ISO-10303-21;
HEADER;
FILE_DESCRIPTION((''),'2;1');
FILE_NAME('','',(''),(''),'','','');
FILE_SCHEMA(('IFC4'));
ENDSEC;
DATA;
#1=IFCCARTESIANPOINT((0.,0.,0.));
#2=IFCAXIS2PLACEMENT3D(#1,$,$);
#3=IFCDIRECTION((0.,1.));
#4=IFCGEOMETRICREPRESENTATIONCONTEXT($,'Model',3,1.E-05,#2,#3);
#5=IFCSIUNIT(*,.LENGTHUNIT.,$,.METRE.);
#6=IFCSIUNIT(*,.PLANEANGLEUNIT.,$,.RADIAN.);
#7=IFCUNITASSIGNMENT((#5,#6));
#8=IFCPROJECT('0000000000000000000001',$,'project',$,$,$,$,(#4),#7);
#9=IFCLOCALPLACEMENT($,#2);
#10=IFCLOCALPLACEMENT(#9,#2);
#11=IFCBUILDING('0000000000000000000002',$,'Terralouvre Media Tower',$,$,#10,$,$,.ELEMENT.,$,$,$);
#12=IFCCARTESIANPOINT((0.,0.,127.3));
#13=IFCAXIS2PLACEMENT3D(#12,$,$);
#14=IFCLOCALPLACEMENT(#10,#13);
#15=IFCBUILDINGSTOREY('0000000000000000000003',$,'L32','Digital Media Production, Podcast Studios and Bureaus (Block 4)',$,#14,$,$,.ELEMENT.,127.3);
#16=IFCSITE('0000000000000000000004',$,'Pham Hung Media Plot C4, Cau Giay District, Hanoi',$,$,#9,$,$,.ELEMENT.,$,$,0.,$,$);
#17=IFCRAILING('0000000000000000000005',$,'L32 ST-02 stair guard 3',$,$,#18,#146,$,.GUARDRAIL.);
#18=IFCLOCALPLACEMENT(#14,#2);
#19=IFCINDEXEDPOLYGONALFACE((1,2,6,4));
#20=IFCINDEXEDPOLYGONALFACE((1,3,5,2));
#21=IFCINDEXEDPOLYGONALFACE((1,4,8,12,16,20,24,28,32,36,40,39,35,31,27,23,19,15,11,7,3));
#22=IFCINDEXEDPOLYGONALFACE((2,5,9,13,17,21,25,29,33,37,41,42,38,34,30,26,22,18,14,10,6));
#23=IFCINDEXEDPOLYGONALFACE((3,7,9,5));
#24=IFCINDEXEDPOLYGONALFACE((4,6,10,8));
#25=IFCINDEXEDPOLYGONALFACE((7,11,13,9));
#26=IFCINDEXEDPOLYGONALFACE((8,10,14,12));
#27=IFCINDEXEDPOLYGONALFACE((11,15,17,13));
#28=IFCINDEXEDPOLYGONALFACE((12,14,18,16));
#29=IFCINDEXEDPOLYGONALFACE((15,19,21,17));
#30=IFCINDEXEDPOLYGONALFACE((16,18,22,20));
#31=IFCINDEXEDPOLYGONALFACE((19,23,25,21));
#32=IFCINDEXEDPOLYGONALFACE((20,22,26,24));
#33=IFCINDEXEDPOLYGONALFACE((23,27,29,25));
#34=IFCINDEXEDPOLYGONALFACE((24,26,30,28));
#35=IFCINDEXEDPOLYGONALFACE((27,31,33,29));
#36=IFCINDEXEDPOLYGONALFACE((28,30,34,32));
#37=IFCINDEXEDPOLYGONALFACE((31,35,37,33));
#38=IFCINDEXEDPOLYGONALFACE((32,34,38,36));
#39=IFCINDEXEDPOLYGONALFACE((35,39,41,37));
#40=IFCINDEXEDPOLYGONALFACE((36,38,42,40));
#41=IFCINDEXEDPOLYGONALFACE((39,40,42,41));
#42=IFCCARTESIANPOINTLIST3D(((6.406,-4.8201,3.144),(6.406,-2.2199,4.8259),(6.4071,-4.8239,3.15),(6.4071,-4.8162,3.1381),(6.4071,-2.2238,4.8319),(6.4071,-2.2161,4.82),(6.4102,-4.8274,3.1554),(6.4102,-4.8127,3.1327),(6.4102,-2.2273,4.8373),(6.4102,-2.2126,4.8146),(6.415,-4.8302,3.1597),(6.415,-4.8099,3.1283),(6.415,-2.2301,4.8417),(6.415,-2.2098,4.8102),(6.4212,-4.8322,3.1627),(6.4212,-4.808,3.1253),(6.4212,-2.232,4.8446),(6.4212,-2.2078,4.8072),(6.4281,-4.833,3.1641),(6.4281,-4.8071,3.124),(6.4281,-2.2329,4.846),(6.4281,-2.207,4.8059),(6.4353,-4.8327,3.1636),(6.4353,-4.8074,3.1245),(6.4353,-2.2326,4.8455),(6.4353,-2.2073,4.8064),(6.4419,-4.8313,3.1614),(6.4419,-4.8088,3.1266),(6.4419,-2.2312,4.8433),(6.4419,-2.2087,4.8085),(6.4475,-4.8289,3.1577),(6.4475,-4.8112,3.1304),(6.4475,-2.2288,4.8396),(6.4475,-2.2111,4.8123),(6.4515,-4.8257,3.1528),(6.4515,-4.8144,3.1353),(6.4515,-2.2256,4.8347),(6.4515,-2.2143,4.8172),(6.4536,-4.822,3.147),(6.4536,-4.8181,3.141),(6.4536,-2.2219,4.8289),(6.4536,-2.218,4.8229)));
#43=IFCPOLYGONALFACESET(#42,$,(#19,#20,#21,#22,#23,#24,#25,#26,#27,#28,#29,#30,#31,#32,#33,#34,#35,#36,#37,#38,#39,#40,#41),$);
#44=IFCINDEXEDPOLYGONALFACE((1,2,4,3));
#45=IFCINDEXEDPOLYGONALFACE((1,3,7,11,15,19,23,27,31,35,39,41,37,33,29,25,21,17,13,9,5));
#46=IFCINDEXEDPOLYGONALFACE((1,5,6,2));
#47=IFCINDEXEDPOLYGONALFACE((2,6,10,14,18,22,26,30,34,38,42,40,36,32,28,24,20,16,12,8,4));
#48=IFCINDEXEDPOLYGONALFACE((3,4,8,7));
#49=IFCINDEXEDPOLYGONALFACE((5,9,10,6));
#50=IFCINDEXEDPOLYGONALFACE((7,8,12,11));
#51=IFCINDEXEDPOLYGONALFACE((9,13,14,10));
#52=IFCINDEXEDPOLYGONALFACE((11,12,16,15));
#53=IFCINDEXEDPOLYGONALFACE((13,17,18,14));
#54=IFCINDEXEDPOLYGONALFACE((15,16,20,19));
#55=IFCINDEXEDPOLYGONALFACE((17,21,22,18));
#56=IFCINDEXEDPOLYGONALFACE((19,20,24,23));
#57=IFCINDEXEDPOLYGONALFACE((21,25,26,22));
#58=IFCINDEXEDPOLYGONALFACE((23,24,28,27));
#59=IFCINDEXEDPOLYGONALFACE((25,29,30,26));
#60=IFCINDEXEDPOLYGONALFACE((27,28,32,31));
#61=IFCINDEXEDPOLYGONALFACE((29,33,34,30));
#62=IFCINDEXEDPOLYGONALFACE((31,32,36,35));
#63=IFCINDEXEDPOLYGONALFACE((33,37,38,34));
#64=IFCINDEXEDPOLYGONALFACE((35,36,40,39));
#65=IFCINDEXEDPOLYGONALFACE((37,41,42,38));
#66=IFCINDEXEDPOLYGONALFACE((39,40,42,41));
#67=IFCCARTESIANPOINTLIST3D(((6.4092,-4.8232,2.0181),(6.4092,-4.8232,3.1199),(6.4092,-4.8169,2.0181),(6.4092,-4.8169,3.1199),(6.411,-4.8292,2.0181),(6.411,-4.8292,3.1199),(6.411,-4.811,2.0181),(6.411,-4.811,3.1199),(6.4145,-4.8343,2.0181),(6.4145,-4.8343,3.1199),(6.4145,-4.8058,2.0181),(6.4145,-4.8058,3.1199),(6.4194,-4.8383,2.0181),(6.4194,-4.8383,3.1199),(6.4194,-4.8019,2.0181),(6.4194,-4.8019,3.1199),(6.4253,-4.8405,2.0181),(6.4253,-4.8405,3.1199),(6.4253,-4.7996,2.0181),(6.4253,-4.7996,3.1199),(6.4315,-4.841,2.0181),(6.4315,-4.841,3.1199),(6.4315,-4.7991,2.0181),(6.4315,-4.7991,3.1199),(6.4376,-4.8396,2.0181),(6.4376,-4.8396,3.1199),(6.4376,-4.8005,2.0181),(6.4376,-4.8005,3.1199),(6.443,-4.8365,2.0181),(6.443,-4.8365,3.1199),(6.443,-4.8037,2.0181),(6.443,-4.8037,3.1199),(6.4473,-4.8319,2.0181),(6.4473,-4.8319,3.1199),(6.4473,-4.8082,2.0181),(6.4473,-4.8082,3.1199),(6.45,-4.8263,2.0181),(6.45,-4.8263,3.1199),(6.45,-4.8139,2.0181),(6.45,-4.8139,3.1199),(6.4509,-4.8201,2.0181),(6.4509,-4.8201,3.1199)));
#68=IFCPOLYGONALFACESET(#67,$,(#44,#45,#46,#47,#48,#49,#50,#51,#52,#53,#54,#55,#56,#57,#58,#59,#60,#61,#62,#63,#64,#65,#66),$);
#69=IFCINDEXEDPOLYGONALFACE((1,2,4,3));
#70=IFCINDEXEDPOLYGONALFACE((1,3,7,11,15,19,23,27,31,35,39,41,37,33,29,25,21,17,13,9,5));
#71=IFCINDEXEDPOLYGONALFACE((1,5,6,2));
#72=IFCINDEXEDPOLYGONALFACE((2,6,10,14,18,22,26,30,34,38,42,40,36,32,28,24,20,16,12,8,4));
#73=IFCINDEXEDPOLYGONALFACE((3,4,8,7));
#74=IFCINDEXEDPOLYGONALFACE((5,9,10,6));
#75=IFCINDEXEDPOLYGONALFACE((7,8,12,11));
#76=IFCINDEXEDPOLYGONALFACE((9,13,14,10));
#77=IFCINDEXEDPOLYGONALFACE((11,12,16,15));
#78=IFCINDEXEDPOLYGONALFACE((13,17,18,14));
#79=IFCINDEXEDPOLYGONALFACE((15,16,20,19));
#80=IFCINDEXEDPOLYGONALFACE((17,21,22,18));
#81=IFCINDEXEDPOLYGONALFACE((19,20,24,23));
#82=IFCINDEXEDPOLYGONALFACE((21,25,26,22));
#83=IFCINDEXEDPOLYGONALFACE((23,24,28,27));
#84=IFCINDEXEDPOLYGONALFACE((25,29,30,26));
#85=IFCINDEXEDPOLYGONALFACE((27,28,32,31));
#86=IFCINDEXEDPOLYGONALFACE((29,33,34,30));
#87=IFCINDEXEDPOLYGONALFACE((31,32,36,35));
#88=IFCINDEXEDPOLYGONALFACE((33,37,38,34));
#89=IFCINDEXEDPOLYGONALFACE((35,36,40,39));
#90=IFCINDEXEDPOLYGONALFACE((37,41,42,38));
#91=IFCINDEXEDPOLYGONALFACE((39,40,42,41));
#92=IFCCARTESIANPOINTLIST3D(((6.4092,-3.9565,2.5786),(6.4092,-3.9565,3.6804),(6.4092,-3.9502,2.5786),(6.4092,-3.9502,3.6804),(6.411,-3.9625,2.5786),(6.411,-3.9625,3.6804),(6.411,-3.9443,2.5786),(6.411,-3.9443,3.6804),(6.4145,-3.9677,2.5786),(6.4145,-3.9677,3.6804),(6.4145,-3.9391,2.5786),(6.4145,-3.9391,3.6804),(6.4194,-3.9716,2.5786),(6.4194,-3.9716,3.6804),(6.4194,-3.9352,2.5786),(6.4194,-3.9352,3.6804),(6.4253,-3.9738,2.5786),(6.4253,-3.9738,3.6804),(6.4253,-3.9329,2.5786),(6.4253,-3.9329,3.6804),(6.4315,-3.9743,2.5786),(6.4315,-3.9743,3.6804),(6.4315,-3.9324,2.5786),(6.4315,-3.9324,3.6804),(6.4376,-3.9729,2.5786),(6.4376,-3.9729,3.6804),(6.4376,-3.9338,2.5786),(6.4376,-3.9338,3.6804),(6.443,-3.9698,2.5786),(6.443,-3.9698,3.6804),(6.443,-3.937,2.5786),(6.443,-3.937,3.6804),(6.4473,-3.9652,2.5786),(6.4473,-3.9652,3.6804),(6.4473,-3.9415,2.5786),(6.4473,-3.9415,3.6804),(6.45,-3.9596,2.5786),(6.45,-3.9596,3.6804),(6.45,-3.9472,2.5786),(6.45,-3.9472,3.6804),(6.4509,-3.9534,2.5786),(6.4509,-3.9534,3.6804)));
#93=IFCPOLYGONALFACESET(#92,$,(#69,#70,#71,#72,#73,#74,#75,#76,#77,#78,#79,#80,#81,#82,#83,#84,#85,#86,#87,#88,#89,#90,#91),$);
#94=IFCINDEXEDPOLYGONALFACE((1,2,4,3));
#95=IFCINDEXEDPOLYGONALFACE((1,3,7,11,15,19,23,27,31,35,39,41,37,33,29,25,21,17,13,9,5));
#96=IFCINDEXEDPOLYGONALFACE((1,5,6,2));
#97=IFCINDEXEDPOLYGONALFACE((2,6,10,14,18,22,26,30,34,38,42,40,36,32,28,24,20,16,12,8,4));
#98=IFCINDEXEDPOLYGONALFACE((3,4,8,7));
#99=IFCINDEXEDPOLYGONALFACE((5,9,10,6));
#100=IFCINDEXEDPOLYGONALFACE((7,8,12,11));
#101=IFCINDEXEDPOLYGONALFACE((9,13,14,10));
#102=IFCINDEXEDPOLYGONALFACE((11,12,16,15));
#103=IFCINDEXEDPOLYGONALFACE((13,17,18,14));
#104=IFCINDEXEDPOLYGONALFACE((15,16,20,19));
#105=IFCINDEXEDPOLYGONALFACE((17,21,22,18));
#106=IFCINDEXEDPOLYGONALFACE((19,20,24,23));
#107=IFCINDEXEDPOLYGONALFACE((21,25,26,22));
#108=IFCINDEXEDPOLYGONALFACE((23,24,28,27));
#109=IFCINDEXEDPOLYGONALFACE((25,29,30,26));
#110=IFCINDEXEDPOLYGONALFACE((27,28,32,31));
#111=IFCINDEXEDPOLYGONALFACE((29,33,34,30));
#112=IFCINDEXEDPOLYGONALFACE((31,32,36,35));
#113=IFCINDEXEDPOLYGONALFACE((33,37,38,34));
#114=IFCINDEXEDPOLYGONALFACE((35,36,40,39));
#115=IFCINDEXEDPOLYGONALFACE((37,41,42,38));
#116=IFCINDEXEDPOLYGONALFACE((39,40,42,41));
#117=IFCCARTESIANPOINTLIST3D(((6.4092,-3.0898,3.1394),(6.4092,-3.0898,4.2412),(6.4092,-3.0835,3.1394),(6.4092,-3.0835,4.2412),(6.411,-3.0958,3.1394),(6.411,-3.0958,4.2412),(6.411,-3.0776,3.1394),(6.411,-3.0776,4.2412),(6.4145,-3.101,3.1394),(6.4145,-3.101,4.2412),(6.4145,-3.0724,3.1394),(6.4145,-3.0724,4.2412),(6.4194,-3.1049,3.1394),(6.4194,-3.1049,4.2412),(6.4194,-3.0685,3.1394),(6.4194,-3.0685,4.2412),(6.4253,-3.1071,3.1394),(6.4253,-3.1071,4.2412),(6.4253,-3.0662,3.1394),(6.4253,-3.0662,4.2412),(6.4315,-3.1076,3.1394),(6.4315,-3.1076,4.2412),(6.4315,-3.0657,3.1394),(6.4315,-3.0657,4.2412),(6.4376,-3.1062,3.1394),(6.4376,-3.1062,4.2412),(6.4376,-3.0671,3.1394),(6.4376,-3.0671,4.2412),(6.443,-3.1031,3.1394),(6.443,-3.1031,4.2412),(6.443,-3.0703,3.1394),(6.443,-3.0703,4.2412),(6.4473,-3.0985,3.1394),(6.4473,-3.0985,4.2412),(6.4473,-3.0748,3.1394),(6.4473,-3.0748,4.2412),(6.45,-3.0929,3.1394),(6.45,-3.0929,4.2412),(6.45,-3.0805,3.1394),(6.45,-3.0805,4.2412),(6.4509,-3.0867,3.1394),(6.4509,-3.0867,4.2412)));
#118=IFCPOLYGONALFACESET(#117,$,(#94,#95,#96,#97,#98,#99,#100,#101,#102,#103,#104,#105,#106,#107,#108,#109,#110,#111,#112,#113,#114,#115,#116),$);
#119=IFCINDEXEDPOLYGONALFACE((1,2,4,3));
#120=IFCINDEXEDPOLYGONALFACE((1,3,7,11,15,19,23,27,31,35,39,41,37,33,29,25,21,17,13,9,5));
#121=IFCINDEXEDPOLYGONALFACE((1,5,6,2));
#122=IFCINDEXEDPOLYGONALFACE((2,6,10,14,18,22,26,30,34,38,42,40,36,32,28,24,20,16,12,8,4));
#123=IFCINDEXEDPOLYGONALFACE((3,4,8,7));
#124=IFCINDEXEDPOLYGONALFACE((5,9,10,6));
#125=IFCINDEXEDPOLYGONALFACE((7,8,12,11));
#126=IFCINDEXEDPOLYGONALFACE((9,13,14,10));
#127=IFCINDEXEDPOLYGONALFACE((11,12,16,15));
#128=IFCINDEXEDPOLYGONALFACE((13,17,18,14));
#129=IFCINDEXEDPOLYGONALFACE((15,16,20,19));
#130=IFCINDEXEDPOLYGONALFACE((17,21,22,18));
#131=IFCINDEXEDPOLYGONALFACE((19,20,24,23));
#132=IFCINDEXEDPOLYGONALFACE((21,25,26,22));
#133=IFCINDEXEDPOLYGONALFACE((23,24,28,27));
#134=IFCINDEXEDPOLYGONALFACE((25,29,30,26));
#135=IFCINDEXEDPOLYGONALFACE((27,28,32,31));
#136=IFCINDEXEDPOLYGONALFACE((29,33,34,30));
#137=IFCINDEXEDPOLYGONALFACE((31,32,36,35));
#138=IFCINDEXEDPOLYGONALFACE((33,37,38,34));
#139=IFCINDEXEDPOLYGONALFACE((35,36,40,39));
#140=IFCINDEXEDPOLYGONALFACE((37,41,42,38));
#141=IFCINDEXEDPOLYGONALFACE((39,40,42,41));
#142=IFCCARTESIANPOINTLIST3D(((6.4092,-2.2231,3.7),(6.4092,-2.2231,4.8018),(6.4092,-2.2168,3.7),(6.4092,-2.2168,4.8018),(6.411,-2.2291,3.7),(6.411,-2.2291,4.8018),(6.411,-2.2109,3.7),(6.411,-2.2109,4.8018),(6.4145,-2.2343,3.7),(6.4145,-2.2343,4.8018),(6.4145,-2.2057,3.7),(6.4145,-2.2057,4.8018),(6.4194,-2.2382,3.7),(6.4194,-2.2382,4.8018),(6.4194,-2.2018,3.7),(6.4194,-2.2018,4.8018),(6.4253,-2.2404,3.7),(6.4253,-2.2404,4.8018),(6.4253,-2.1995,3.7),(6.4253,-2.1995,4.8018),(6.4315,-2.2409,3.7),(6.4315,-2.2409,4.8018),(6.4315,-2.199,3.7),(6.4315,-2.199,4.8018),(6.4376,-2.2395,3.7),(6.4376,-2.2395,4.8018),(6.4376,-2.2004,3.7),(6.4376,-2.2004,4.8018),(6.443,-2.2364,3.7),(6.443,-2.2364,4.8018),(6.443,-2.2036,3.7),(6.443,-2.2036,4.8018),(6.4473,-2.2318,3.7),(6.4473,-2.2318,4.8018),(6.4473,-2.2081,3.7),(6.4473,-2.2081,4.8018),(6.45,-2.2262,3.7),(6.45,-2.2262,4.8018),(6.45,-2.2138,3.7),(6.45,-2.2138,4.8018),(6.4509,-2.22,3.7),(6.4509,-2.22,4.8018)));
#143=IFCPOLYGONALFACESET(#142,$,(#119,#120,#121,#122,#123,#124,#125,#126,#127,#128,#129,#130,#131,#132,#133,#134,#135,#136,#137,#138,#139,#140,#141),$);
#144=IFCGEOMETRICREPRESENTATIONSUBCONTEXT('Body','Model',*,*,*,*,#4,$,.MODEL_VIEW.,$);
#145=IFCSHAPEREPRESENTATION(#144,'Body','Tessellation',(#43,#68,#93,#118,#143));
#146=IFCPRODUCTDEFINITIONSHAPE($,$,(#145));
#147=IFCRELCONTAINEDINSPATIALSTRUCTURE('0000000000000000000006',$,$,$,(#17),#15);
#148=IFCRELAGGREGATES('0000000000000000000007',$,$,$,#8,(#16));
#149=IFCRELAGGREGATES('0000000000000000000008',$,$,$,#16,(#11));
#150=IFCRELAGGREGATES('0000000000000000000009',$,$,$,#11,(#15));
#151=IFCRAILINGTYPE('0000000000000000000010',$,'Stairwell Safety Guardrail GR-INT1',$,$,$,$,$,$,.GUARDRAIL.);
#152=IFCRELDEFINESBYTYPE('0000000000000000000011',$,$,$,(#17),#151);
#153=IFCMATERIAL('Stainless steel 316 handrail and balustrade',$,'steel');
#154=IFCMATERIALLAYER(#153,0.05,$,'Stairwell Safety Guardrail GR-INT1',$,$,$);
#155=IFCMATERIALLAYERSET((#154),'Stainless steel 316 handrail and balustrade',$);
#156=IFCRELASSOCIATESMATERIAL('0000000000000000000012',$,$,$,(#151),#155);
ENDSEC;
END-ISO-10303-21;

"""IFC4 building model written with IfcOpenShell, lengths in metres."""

from ifc_helpers import new_model, si_unit, direction, frame, origin, origin_2d, place, context, subcontext, project, spatial, circle, extrude, material, layer, layer_set, type_object, element, save


model = new_model("IFC4")

# Units and contexts
model_context = context("Model", 3, precision=1e-05, world=origin(), true_north=direction((0.0, 1.0)))
body_context = subcontext(model_context, "Body", "Model", "MODEL_VIEW")
ifc_project = project(units=[si_unit("LENGTHUNIT", "METRE"), si_unit("PLANEANGLEUNIT", "RADIAN")], contexts=[model_context])

# Site, building, storey
site_placement = place(None, origin())
site = spatial("IfcSite", under=ifc_project, at=site_placement, Name="Pham Hung Media Plot C4, Cau Giay District, Hanoi", CompositionType="ELEMENT", RefElevation=0.0)
building_placement = place(site_placement, origin())
building = spatial("IfcBuilding", under=site, at=building_placement, Name="Terralouvre Media Tower", CompositionType="ELEMENT")
storey_placement = place(building_placement, frame((0.0, 0.0, 127.3)))
storey = spatial("IfcBuildingStorey", under=building, at=storey_placement, Name="L32", Description="Digital Media Production, Podcast Studios and Bureaus (Block 4)", CompositionType="ELEMENT", Elevation=127.3)

# Railing
ifc_material_1 = material(Name="Stainless steel 316 handrail and balustrade", Category="steel")
ifc_layer_1 = layer(ifc_material_1, 0.05, Name="Stairwell Safety Guardrail GR-INT1")
ifc_layer_set_1 = layer_set([ifc_layer_1], Name="Stainless steel 316 handrail and balustrade")
railing_type_1 = type_object("IfcRailingType", Name="Stairwell Safety Guardrail GR-INT1", PredefinedType="GUARDRAIL", material=ifc_layer_set_1)
railing_1_placement = place(storey_placement, frame((6.4299, -4.8201, 2.0181)))
element("IfcRailing", 1, at=railing_1_placement, inside=storey, type_object=railing_type_1, Name="L32 ST-02 stair guard 3", PredefinedType="GUARDRAIL", context=body_context, shape_type="SweptSolid", body=[
    extrude(circle(Radius=0.0239, at=origin_2d()), frame((0.0, 0.0, 1.126), z_axis=(0.0, 0.839648, 0.54313), x_axis=(-1.0, 0.0, 0.0)), (0.0, 0.0, 1.0), 3.0967),
    extrude(circle(Radius=0.021, at=origin_2d()), origin(), (0.0, 0.0, 1.0), 1.1018),
    extrude(circle(Radius=0.021, at=origin_2d()), frame((0.0, 0.8667, 0.5605)), (0.0, 0.0, 1.0), 1.1018),
    extrude(circle(Radius=0.021, at=origin_2d()), frame((0.0, 1.7334, 1.1213)), (0.0, 0.0, 1.0), 1.1018),
    extrude(circle(Radius=0.021, at=origin_2d()), frame((0.0, 2.6001, 1.6819)), (0.0, 0.0, 1.0), 1.1018),
])

save(model, "model.ifc")
